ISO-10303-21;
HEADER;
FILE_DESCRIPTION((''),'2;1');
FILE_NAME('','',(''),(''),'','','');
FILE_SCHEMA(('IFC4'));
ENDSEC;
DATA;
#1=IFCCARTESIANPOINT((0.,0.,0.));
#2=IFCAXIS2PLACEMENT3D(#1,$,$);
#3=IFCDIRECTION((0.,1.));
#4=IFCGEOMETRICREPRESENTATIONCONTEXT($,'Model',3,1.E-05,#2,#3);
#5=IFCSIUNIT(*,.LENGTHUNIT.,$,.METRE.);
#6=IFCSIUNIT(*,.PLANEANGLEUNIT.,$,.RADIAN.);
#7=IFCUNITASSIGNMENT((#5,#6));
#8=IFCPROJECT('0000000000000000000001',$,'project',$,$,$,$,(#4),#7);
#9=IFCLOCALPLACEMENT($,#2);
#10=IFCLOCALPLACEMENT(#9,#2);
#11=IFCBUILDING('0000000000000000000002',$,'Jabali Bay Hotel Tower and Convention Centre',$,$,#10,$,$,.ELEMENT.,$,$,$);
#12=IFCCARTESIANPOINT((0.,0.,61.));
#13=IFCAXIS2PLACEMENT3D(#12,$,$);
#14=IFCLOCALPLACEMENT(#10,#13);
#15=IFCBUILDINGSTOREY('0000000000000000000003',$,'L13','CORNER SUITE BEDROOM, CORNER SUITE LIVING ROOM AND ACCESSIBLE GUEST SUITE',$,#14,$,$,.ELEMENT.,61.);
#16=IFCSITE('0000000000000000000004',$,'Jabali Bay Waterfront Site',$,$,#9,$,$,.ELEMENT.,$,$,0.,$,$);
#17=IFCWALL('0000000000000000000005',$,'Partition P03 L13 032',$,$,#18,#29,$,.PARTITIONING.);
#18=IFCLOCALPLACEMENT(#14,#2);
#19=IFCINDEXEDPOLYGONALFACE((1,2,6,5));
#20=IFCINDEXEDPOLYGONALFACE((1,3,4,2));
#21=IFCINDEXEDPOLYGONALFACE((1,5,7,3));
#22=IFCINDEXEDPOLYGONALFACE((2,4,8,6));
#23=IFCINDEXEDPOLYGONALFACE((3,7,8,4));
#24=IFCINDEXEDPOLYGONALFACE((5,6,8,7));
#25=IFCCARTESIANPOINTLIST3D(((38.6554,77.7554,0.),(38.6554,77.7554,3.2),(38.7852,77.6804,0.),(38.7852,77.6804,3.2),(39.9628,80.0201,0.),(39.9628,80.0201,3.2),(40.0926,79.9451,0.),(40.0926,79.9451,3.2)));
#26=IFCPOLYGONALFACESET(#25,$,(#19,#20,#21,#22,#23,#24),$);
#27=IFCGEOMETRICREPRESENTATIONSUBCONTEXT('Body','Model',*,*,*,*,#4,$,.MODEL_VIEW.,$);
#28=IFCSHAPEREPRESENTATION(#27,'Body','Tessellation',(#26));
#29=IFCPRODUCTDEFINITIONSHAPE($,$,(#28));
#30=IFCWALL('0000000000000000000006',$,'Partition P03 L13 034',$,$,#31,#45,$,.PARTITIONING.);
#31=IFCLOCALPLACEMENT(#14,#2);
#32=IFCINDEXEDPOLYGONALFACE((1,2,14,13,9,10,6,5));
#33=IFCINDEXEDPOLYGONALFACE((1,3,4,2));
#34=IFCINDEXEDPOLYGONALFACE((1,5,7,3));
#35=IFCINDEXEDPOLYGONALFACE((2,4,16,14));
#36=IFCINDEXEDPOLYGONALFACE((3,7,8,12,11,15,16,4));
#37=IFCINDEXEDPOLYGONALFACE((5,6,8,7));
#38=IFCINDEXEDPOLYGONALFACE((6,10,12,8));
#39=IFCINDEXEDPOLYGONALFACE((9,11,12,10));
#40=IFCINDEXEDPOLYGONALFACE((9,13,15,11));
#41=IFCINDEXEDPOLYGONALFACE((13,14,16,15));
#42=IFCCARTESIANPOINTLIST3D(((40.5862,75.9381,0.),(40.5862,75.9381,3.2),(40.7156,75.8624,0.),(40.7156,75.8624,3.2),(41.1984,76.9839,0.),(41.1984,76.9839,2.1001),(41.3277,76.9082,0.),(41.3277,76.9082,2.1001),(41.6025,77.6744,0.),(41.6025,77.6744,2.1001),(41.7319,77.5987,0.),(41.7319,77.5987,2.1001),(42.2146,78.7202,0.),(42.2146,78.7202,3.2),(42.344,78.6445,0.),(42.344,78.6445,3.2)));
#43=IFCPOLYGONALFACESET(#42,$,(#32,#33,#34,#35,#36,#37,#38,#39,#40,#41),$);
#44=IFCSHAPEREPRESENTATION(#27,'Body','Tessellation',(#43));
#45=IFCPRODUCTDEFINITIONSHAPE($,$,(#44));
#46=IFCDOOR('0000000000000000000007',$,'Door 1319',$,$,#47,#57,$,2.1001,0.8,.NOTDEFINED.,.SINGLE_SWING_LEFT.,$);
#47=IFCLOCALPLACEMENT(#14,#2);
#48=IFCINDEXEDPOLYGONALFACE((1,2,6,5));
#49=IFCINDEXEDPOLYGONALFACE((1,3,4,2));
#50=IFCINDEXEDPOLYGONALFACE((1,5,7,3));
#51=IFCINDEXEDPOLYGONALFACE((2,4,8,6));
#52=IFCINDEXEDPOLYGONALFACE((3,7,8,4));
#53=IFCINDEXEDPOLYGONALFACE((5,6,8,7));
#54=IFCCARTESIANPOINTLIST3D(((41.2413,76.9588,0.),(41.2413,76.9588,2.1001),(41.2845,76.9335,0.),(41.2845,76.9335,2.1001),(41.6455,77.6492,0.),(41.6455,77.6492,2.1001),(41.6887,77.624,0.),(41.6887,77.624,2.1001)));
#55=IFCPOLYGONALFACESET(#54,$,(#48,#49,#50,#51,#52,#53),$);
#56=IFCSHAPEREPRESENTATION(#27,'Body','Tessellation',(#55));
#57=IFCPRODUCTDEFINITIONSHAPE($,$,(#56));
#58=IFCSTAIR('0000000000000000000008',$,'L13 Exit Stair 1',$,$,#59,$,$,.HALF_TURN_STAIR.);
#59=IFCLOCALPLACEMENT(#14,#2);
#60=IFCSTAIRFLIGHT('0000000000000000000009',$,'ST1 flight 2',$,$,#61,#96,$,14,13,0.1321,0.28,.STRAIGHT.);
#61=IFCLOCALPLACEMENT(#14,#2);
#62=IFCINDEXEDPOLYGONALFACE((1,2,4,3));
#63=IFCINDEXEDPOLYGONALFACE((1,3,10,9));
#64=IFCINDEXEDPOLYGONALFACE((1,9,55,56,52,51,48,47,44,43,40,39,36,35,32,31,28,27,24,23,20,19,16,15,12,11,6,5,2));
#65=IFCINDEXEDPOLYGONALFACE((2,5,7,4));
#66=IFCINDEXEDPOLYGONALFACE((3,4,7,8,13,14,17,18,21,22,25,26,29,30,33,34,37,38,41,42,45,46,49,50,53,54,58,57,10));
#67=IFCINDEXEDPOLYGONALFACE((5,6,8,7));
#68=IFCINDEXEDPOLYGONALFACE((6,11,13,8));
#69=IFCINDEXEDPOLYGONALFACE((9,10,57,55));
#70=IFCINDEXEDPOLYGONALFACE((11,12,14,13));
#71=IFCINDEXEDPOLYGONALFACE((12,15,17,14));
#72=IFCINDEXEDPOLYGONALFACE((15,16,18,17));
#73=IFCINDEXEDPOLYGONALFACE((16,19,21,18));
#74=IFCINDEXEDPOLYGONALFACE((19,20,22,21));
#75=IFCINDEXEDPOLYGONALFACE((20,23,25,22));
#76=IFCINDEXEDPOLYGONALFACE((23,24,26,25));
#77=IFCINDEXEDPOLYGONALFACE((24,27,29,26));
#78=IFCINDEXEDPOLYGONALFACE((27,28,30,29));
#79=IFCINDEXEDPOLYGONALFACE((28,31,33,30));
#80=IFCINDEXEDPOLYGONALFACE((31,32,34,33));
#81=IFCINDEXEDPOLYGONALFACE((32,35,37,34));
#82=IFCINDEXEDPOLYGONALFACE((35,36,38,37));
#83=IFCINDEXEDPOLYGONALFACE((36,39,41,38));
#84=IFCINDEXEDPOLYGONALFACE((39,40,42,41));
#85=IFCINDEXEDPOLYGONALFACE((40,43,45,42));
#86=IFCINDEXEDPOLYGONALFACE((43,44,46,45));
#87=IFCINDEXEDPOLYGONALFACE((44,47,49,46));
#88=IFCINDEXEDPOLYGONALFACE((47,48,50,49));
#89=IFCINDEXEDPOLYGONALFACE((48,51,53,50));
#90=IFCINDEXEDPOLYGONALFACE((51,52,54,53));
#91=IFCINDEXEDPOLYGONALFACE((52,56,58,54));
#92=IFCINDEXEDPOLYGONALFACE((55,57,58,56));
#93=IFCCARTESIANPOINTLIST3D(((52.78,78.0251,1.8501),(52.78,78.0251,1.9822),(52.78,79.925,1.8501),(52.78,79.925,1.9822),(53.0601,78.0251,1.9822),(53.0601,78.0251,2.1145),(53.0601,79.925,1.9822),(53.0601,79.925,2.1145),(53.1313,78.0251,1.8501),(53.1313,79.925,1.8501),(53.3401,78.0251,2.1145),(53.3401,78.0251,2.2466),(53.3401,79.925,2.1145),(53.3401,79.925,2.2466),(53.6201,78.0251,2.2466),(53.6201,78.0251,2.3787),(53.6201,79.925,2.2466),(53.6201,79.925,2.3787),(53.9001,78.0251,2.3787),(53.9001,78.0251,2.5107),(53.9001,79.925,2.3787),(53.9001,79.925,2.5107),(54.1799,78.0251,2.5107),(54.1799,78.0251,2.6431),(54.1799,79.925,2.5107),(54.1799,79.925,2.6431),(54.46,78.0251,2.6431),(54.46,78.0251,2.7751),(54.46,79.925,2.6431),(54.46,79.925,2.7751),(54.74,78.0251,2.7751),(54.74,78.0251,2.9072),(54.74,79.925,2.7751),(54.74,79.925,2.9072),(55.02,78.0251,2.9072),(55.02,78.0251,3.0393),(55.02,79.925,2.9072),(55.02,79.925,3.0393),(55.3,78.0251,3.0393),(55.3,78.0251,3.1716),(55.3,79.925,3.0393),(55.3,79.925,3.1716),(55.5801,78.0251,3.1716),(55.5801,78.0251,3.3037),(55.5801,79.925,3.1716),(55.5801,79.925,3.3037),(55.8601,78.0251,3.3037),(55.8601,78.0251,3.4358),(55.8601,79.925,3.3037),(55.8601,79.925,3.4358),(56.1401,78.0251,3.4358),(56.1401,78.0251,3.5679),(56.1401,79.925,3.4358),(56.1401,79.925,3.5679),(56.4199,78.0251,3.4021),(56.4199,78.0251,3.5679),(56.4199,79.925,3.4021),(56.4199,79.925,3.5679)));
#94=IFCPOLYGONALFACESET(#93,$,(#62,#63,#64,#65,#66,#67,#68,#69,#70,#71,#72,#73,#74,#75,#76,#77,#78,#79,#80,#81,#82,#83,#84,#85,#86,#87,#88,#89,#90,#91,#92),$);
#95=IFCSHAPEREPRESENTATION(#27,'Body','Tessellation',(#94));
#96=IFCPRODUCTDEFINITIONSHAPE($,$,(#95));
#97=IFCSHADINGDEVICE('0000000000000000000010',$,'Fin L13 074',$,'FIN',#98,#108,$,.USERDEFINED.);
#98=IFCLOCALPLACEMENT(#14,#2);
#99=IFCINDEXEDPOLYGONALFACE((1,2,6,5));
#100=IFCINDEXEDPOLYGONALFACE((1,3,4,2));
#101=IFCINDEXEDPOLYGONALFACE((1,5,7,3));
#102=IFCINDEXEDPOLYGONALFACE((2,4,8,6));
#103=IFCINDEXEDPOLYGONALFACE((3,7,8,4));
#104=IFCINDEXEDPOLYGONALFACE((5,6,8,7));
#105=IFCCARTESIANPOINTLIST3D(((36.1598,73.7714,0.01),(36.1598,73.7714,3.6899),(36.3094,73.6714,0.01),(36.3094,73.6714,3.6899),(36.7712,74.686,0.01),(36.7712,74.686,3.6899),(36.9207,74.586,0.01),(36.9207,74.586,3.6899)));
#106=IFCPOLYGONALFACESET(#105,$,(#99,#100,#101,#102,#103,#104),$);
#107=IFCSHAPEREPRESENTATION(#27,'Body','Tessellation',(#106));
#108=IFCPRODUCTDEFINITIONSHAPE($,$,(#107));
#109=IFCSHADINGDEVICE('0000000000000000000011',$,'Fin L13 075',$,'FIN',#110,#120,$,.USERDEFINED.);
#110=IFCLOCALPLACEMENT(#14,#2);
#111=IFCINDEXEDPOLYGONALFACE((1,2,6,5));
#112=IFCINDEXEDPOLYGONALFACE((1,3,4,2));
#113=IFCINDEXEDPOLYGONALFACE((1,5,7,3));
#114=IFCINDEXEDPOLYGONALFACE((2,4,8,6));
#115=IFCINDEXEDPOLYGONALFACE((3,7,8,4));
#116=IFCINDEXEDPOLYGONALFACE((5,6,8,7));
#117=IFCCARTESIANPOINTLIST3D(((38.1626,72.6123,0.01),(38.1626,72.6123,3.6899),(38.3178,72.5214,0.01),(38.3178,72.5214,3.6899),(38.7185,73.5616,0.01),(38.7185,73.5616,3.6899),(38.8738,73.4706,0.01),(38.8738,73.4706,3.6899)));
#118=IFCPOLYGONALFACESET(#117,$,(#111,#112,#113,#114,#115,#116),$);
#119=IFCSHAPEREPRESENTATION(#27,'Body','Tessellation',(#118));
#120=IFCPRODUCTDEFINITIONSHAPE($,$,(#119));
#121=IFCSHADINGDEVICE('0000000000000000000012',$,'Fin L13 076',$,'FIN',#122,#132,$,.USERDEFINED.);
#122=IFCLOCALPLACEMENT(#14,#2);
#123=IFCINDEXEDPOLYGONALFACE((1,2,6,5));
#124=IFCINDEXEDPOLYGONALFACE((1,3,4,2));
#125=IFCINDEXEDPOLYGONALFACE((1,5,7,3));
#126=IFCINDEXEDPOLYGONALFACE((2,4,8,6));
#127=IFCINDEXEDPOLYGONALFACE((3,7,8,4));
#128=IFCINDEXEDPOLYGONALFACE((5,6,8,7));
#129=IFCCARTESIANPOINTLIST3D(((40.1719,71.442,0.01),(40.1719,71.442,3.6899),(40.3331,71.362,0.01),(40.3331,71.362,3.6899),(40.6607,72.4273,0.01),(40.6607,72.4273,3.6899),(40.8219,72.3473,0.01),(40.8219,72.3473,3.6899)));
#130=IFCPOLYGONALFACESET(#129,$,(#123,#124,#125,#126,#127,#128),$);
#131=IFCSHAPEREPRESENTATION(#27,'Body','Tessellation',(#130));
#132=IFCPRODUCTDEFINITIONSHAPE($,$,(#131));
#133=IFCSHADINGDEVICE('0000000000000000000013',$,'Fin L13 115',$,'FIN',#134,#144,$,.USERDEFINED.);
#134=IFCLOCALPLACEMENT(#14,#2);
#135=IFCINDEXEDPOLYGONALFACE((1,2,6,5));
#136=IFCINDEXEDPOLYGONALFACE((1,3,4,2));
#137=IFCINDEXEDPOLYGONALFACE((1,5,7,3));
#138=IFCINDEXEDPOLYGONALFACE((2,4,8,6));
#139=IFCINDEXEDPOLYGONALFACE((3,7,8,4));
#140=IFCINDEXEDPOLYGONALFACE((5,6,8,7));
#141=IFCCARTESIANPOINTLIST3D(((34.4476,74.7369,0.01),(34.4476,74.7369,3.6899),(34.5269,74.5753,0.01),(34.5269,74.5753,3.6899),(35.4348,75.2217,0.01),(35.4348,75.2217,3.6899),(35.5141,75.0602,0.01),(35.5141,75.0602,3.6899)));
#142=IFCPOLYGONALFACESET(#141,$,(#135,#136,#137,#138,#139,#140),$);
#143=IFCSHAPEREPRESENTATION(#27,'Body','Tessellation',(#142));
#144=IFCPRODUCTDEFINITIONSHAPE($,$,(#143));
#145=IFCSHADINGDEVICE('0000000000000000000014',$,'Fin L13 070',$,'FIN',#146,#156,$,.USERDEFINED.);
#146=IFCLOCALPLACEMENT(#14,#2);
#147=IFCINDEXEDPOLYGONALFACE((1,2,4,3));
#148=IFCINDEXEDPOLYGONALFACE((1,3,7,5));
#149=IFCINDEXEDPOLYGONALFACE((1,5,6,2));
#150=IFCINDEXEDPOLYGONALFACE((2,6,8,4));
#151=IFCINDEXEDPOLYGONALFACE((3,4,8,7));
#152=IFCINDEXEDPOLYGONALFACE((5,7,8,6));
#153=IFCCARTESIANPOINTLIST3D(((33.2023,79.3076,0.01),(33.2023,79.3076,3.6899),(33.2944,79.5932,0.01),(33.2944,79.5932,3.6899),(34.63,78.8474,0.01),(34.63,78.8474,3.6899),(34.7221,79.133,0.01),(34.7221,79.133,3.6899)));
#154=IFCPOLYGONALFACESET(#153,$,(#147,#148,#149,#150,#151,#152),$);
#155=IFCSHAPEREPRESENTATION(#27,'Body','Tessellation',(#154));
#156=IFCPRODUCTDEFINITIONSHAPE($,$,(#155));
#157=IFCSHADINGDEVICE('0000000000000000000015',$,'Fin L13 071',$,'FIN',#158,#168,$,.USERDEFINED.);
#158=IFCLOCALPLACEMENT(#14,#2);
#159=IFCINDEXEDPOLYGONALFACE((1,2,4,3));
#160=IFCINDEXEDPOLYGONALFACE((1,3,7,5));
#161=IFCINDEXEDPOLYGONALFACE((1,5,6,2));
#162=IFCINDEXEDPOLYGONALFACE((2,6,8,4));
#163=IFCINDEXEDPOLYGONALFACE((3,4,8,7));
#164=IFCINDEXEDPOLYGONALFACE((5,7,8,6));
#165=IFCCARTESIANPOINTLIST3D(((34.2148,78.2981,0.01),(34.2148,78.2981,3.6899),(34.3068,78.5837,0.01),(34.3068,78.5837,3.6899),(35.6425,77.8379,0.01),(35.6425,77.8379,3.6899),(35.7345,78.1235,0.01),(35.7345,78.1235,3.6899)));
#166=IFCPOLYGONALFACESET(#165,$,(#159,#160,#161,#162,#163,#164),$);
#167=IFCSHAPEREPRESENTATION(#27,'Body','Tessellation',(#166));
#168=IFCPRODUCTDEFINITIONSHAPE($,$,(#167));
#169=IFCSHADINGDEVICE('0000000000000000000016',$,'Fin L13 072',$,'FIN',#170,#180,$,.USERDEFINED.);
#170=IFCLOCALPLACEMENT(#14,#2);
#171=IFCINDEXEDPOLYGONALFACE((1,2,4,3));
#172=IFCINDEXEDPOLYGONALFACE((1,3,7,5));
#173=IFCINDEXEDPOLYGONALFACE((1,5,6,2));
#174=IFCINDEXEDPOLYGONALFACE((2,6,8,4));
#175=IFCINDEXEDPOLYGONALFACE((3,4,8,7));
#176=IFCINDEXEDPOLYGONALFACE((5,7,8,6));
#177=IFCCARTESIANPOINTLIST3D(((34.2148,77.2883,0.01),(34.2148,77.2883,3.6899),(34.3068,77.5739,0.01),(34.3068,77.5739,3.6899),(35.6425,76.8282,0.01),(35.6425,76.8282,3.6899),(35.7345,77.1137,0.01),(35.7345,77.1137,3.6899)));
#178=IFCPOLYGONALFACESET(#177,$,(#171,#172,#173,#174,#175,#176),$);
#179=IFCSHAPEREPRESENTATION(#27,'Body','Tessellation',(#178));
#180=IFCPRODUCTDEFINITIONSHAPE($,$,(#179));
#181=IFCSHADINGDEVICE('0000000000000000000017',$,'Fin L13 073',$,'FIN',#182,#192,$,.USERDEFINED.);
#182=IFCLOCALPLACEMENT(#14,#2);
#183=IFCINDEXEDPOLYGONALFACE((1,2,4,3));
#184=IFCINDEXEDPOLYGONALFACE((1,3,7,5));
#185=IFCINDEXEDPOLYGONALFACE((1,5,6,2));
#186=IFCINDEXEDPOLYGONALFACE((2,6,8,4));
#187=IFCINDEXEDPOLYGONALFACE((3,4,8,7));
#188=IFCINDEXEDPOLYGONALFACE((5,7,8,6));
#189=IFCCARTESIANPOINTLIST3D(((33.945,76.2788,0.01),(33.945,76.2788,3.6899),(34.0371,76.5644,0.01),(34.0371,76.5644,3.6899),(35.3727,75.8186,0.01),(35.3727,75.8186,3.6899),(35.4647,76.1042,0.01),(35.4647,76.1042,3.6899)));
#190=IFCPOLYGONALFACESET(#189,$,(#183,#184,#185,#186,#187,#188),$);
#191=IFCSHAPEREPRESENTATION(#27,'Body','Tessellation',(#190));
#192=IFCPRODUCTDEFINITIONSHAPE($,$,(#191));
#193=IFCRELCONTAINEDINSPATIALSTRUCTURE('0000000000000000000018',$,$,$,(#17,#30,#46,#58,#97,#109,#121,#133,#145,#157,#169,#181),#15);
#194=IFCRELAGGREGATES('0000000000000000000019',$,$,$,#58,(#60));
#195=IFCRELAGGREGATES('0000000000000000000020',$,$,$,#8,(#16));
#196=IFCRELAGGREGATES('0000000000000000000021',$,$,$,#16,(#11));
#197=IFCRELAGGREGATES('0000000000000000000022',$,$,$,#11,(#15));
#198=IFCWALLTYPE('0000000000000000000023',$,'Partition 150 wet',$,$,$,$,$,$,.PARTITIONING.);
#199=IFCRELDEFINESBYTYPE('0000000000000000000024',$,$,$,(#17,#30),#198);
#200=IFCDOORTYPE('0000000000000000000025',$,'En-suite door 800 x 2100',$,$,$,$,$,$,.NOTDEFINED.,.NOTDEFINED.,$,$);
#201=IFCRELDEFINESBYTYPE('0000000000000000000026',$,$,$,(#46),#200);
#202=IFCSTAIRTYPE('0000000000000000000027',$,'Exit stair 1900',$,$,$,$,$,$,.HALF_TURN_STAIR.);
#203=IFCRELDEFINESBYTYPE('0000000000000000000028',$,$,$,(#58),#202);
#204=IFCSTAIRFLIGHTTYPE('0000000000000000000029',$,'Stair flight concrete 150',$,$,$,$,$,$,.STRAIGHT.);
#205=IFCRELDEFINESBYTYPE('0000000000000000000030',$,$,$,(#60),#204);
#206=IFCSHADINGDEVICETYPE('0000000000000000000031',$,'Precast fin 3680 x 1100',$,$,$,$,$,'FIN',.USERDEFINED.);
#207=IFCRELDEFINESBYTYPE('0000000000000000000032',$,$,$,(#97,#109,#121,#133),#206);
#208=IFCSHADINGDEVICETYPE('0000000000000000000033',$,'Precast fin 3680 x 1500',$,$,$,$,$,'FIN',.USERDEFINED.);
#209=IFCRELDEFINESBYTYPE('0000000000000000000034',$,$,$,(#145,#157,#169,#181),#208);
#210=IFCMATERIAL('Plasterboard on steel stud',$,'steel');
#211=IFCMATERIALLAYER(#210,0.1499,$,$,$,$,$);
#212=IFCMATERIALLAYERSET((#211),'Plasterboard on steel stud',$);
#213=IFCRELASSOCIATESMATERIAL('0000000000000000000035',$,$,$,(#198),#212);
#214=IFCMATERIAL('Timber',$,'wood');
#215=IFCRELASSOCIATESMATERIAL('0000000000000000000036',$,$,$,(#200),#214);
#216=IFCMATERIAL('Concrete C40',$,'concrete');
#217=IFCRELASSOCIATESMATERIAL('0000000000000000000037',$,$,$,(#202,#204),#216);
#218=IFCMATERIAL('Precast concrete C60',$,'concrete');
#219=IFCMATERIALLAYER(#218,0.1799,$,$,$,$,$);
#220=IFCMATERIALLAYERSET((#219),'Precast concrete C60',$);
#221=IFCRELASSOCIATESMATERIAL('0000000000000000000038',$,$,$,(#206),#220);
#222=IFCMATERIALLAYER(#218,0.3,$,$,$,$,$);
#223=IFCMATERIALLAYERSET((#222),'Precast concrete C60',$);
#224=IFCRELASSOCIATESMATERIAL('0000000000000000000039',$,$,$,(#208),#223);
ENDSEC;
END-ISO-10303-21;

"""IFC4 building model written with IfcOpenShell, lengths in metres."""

from ifc_helpers import new_model, si_unit, direction, frame, frame_2d, origin, place, context, subcontext, project, spatial, polyline, rectangle, outline, extrude, material, layer, layer_set, type_object, element, fill, aggregate, save


model = new_model("IFC4")

# Units and contexts
model_context = context("Model", 3, precision=1e-05, world=origin(), true_north=direction((0.0, 1.0)))
body_context = subcontext(model_context, "Body", "Model", "MODEL_VIEW")
ifc_project = project(units=[si_unit("LENGTHUNIT", "METRE"), si_unit("PLANEANGLEUNIT", "RADIAN")], contexts=[model_context])

# Site, building, storey
site_placement = place(None, origin())
site = spatial("IfcSite", under=ifc_project, at=site_placement, Name="Jabali Bay Waterfront Site", CompositionType="ELEMENT", RefElevation=0.0)
building_placement = place(site_placement, origin())
building = spatial("IfcBuilding", under=site, at=building_placement, Name="Jabali Bay Hotel Tower and Convention Centre", CompositionType="ELEMENT")
storey_placement = place(building_placement, frame((0.0, 0.0, 61.0)))
storey = spatial("IfcBuildingStorey", under=building, at=storey_placement, Name="L13", Description="CORNER SUITE BEDROOM, CORNER SUITE LIVING ROOM AND ACCESSIBLE GUEST SUITE", CompositionType="ELEMENT", Elevation=61.0)

# Shared definitions
ifc_material_1 = material(Name="Concrete C40", Category="concrete")

# Wall
ifc_material_2 = material(Name="Plasterboard on steel stud", Category="steel")
ifc_layer_1 = layer(ifc_material_2, 0.1499)
ifc_layer_set_1 = layer_set([ifc_layer_1], Name="Plasterboard on steel stud")
wall_type_1 = type_object("IfcWallType", Name="Partition 150 wet", PredefinedType="PARTITIONING", material=ifc_layer_set_1)
wall_1_placement = place(storey_placement, frame((38.7202, 77.7178, 0.0), z_axis=(0.0, 0.0, 1.0), x_axis=(0.499965, 0.866046, 0.0)))
element("IfcWall", 1, at=wall_1_placement, inside=storey, type_object=wall_type_1, Name="Partition P03 L13 032", PredefinedType="PARTITIONING", context=body_context, shape_type="SweptSolid", body=[
    extrude(rectangle(XDim=2.615, YDim=0.1499, at=frame_2d((1.3076, 0.0))), origin(), (0.0, 0.0, 1.0), 3.2),
])

# Wall, opening, door
wall_2_placement = place(storey_placement, frame((42.2793, 78.6824, 0.0), z_axis=(0.0, 0.0, 1.0), x_axis=(-0.505132, -0.863042, 0.0)))
wall_2 = element("IfcWall", 2, at=wall_2_placement, inside=storey, type_object=wall_type_1, Name="Partition P03 L13 034", PredefinedType="PARTITIONING", context=body_context, shape_type="SweptSolid", body=[
    extrude(rectangle(XDim=3.2236, YDim=0.1499, at=frame_2d((1.6118, 0.0))), origin(), (0.0, 0.0, 1.0), 3.2),
])
opening_1_placement = place(wall_2_placement, frame((1.2119, 0.0, 0.0)))
opening_1 = element("IfcOpeningElement", 3, at=opening_1_placement, cuts=wall_2, PredefinedType="OPENING", context=body_context, shape_type="SweptSolid", body=[
    extrude(rectangle(XDim=0.8, YDim=2.1001, at=frame_2d((0.3999, 1.05))), frame((0.0, 0.0854, 0.0), z_axis=(0.0, -1.0, 0.0), x_axis=(1.0, 0.0, 0.0)), (0.0, 0.0, 1.0), 0.1709),
])
ifc_material_3 = material(Name="Timber", Category="wood")
door_type_1 = type_object("IfcDoorType", Name="En-suite door 800 x 2100", OperationType="NOTDEFINED", PredefinedType="NOTDEFINED", material=ifc_material_3)
door_1_placement = place(opening_1_placement, origin())
door_1 = element("IfcDoor", 4, at=door_1_placement, inside=storey, type_object=door_type_1, Name="Door 1319", OperationType="SINGLE_SWING_LEFT", OverallHeight=2.1001, OverallWidth=0.8, PredefinedType="NOTDEFINED", context=body_context, shape_type="SweptSolid", body=[
    extrude(rectangle(XDim=0.8, YDim=2.1001, at=frame_2d((0.3999, 1.05))), frame((0.0, 0.0249, 0.0), z_axis=(0.0, -1.0, 0.0), x_axis=(1.0, 0.0, 0.0)), (0.0, 0.0, 1.0), 0.05),
])
fill(opening_1, door_1)

# Stair, stair flight
stair_type = type_object("IfcStairType", Name="Exit stair 1900", PredefinedType="HALF_TURN_STAIR", material=ifc_material_1)
stair_placement = place(storey_placement, origin())
stair = element("IfcStair", 5, at=stair_placement, inside=storey, type_object=stair_type, Name="L13 Exit Stair 1", PredefinedType="HALF_TURN_STAIR")
stair_flight_type = type_object("IfcStairFlightType", Name="Stair flight concrete 150", PredefinedType="STRAIGHT", material=ifc_material_1)
stair_flight_placement = place(storey_placement, frame((52.78, 78.9751, 1.8501), z_axis=(0.0, 0.0, 1.0), x_axis=(1.0, 0.0, 0.0)))
stair_flight = element("IfcStairFlight", 6, at=stair_flight_placement, type_object=stair_flight_type, Name="ST1 flight 2", NumberOfRisers=14, NumberOfTreads=13, PredefinedType="STRAIGHT", RiserHeight=0.1321, TreadLength=0.28, context=body_context, shape_type="SweptSolid", body=[
    extrude(outline(polyline([(0.0, 0.0), (0.0, 0.1321), (0.28, 0.1321), (0.28, 0.2644), (0.5601, 0.2644), (0.5601, 0.3965), (0.8401, 0.3965), (0.8401, 0.5286), (1.1201, 0.5286), (1.1201, 0.6606), (1.3999, 0.6606), (1.3999, 0.793), (1.6799, 0.793), (1.6799, 0.925), (1.96, 0.925), (1.96, 1.0571), (2.24, 1.0571), (2.24, 1.1892), (2.52, 1.1892), (2.52, 1.3215), (2.8, 1.3215), (2.8, 1.4536), (3.0801, 1.4536), (3.0801, 1.5857), (3.3601, 1.5857), (3.3601, 1.7178), (3.6399, 1.7178), (3.6399, 1.8501), (3.6399, 1.552), (0.3513, 0.0), (0.0, 0.0)])), frame((0.0, 0.95, 0.0), z_axis=(0.0, -1.0, 0.0), x_axis=(1.0, 0.0, 0.0)), (0.0, 0.0, 1.0), 1.8999),
])
aggregate(stair, [stair_flight])

# Shading devices
ifc_material_4 = material(Name="Precast concrete C60", Category="concrete")
ifc_layer_2 = layer(ifc_material_4, 0.1799)
ifc_layer_set_2 = layer_set([ifc_layer_2], Name="Precast concrete C60")
shading_device_type_1 = type_object("IfcShadingDeviceType", Name="Precast fin 3680 x 1100", ElementType="FIN", PredefinedType="USERDEFINED", material=ifc_layer_set_2)
for number, where, z_axis, x_axis, name in (
    (7, (36.8459, 74.636, 0.01), (0.0, 0.0, 1.0), (-0.555724, -0.831367, 0.0), "Fin L13 074"),
    (8, (38.7961, 73.5161, 0.01), (0.0, 0.0, 1.0), (-0.505361, -0.862908, 0.0), "Fin L13 075"),
):
    element("IfcShadingDevice", number, at=place(storey_placement, frame(where, z_axis=z_axis, x_axis=x_axis)), inside=storey, type_object=shading_device_type_1, Name=name, ObjectType="FIN", PredefinedType="USERDEFINED", context=body_context, shape_type="SweptSolid", body=[
        extrude(rectangle(XDim=1.1001, YDim=0.1799, at=frame_2d((0.55, 0.0))), origin(), (0.0, 0.0, 1.0), 3.6799),
    ])
for number, where, z_axis, x_axis, name in (
    (9, (40.7412, 72.3872, 0.01), (0.0, 0.0, 1.0), (-0.44437, -0.895843, 0.0), "Fin L13 076"),
    (10, (35.4744, 75.1409, 0.01), (0.0, 0.0, 1.0), (-0.897601, -0.44081, 0.0), "Fin L13 115"),
):
    element("IfcShadingDevice", number, at=place(storey_placement, frame(where, z_axis=z_axis, x_axis=x_axis)), inside=storey, type_object=shading_device_type_1, Name=name, ObjectType="FIN", PredefinedType="USERDEFINED", context=body_context, shape_type="SweptSolid", body=[
        extrude(rectangle(XDim=1.0999, YDim=0.1799, at=frame_2d((0.5498, 0.0))), origin(), (0.0, 0.0, 1.0), 3.6799),
    ])
ifc_layer_3 = layer(ifc_material_4, 0.3)
ifc_layer_set_3 = layer_set([ifc_layer_3], Name="Precast concrete C60")
shading_device_type_2 = type_object("IfcShadingDeviceType", Name="Precast fin 3680 x 1500", ElementType="FIN", PredefinedType="USERDEFINED", material=ifc_layer_set_3)
for number, where, z_axis, x_axis, name in (
    (11, (34.676, 78.9902, 0.01), (0.0, 0.0, 1.0), (-0.951778, 0.306789, 0.0), "Fin L13 070"),
    (12, (35.6885, 77.9807, 0.01), (0.0, 0.0, 1.0), (-0.951778, 0.306789, 0.0), "Fin L13 071"),
    (13, (35.6885, 76.9709, 0.01), (0.0, 0.0, 1.0), (-0.951778, 0.306789, 0.0), "Fin L13 072"),
    (14, (35.4187, 75.9614, 0.01), (0.0, 0.0, 1.0), (-0.951778, 0.306789, 0.0), "Fin L13 073"),
):
    element("IfcShadingDevice", number, at=place(storey_placement, frame(where, z_axis=z_axis, x_axis=x_axis)), inside=storey, type_object=shading_device_type_2, Name=name, ObjectType="FIN", PredefinedType="USERDEFINED", context=body_context, shape_type="SweptSolid", body=[
        extrude(rectangle(XDim=1.5, YDim=0.3, at=frame_2d((0.75, 0.0))), origin(), (0.0, 0.0, 1.0), 3.6799),
    ])

save(model, "model.ifc")
